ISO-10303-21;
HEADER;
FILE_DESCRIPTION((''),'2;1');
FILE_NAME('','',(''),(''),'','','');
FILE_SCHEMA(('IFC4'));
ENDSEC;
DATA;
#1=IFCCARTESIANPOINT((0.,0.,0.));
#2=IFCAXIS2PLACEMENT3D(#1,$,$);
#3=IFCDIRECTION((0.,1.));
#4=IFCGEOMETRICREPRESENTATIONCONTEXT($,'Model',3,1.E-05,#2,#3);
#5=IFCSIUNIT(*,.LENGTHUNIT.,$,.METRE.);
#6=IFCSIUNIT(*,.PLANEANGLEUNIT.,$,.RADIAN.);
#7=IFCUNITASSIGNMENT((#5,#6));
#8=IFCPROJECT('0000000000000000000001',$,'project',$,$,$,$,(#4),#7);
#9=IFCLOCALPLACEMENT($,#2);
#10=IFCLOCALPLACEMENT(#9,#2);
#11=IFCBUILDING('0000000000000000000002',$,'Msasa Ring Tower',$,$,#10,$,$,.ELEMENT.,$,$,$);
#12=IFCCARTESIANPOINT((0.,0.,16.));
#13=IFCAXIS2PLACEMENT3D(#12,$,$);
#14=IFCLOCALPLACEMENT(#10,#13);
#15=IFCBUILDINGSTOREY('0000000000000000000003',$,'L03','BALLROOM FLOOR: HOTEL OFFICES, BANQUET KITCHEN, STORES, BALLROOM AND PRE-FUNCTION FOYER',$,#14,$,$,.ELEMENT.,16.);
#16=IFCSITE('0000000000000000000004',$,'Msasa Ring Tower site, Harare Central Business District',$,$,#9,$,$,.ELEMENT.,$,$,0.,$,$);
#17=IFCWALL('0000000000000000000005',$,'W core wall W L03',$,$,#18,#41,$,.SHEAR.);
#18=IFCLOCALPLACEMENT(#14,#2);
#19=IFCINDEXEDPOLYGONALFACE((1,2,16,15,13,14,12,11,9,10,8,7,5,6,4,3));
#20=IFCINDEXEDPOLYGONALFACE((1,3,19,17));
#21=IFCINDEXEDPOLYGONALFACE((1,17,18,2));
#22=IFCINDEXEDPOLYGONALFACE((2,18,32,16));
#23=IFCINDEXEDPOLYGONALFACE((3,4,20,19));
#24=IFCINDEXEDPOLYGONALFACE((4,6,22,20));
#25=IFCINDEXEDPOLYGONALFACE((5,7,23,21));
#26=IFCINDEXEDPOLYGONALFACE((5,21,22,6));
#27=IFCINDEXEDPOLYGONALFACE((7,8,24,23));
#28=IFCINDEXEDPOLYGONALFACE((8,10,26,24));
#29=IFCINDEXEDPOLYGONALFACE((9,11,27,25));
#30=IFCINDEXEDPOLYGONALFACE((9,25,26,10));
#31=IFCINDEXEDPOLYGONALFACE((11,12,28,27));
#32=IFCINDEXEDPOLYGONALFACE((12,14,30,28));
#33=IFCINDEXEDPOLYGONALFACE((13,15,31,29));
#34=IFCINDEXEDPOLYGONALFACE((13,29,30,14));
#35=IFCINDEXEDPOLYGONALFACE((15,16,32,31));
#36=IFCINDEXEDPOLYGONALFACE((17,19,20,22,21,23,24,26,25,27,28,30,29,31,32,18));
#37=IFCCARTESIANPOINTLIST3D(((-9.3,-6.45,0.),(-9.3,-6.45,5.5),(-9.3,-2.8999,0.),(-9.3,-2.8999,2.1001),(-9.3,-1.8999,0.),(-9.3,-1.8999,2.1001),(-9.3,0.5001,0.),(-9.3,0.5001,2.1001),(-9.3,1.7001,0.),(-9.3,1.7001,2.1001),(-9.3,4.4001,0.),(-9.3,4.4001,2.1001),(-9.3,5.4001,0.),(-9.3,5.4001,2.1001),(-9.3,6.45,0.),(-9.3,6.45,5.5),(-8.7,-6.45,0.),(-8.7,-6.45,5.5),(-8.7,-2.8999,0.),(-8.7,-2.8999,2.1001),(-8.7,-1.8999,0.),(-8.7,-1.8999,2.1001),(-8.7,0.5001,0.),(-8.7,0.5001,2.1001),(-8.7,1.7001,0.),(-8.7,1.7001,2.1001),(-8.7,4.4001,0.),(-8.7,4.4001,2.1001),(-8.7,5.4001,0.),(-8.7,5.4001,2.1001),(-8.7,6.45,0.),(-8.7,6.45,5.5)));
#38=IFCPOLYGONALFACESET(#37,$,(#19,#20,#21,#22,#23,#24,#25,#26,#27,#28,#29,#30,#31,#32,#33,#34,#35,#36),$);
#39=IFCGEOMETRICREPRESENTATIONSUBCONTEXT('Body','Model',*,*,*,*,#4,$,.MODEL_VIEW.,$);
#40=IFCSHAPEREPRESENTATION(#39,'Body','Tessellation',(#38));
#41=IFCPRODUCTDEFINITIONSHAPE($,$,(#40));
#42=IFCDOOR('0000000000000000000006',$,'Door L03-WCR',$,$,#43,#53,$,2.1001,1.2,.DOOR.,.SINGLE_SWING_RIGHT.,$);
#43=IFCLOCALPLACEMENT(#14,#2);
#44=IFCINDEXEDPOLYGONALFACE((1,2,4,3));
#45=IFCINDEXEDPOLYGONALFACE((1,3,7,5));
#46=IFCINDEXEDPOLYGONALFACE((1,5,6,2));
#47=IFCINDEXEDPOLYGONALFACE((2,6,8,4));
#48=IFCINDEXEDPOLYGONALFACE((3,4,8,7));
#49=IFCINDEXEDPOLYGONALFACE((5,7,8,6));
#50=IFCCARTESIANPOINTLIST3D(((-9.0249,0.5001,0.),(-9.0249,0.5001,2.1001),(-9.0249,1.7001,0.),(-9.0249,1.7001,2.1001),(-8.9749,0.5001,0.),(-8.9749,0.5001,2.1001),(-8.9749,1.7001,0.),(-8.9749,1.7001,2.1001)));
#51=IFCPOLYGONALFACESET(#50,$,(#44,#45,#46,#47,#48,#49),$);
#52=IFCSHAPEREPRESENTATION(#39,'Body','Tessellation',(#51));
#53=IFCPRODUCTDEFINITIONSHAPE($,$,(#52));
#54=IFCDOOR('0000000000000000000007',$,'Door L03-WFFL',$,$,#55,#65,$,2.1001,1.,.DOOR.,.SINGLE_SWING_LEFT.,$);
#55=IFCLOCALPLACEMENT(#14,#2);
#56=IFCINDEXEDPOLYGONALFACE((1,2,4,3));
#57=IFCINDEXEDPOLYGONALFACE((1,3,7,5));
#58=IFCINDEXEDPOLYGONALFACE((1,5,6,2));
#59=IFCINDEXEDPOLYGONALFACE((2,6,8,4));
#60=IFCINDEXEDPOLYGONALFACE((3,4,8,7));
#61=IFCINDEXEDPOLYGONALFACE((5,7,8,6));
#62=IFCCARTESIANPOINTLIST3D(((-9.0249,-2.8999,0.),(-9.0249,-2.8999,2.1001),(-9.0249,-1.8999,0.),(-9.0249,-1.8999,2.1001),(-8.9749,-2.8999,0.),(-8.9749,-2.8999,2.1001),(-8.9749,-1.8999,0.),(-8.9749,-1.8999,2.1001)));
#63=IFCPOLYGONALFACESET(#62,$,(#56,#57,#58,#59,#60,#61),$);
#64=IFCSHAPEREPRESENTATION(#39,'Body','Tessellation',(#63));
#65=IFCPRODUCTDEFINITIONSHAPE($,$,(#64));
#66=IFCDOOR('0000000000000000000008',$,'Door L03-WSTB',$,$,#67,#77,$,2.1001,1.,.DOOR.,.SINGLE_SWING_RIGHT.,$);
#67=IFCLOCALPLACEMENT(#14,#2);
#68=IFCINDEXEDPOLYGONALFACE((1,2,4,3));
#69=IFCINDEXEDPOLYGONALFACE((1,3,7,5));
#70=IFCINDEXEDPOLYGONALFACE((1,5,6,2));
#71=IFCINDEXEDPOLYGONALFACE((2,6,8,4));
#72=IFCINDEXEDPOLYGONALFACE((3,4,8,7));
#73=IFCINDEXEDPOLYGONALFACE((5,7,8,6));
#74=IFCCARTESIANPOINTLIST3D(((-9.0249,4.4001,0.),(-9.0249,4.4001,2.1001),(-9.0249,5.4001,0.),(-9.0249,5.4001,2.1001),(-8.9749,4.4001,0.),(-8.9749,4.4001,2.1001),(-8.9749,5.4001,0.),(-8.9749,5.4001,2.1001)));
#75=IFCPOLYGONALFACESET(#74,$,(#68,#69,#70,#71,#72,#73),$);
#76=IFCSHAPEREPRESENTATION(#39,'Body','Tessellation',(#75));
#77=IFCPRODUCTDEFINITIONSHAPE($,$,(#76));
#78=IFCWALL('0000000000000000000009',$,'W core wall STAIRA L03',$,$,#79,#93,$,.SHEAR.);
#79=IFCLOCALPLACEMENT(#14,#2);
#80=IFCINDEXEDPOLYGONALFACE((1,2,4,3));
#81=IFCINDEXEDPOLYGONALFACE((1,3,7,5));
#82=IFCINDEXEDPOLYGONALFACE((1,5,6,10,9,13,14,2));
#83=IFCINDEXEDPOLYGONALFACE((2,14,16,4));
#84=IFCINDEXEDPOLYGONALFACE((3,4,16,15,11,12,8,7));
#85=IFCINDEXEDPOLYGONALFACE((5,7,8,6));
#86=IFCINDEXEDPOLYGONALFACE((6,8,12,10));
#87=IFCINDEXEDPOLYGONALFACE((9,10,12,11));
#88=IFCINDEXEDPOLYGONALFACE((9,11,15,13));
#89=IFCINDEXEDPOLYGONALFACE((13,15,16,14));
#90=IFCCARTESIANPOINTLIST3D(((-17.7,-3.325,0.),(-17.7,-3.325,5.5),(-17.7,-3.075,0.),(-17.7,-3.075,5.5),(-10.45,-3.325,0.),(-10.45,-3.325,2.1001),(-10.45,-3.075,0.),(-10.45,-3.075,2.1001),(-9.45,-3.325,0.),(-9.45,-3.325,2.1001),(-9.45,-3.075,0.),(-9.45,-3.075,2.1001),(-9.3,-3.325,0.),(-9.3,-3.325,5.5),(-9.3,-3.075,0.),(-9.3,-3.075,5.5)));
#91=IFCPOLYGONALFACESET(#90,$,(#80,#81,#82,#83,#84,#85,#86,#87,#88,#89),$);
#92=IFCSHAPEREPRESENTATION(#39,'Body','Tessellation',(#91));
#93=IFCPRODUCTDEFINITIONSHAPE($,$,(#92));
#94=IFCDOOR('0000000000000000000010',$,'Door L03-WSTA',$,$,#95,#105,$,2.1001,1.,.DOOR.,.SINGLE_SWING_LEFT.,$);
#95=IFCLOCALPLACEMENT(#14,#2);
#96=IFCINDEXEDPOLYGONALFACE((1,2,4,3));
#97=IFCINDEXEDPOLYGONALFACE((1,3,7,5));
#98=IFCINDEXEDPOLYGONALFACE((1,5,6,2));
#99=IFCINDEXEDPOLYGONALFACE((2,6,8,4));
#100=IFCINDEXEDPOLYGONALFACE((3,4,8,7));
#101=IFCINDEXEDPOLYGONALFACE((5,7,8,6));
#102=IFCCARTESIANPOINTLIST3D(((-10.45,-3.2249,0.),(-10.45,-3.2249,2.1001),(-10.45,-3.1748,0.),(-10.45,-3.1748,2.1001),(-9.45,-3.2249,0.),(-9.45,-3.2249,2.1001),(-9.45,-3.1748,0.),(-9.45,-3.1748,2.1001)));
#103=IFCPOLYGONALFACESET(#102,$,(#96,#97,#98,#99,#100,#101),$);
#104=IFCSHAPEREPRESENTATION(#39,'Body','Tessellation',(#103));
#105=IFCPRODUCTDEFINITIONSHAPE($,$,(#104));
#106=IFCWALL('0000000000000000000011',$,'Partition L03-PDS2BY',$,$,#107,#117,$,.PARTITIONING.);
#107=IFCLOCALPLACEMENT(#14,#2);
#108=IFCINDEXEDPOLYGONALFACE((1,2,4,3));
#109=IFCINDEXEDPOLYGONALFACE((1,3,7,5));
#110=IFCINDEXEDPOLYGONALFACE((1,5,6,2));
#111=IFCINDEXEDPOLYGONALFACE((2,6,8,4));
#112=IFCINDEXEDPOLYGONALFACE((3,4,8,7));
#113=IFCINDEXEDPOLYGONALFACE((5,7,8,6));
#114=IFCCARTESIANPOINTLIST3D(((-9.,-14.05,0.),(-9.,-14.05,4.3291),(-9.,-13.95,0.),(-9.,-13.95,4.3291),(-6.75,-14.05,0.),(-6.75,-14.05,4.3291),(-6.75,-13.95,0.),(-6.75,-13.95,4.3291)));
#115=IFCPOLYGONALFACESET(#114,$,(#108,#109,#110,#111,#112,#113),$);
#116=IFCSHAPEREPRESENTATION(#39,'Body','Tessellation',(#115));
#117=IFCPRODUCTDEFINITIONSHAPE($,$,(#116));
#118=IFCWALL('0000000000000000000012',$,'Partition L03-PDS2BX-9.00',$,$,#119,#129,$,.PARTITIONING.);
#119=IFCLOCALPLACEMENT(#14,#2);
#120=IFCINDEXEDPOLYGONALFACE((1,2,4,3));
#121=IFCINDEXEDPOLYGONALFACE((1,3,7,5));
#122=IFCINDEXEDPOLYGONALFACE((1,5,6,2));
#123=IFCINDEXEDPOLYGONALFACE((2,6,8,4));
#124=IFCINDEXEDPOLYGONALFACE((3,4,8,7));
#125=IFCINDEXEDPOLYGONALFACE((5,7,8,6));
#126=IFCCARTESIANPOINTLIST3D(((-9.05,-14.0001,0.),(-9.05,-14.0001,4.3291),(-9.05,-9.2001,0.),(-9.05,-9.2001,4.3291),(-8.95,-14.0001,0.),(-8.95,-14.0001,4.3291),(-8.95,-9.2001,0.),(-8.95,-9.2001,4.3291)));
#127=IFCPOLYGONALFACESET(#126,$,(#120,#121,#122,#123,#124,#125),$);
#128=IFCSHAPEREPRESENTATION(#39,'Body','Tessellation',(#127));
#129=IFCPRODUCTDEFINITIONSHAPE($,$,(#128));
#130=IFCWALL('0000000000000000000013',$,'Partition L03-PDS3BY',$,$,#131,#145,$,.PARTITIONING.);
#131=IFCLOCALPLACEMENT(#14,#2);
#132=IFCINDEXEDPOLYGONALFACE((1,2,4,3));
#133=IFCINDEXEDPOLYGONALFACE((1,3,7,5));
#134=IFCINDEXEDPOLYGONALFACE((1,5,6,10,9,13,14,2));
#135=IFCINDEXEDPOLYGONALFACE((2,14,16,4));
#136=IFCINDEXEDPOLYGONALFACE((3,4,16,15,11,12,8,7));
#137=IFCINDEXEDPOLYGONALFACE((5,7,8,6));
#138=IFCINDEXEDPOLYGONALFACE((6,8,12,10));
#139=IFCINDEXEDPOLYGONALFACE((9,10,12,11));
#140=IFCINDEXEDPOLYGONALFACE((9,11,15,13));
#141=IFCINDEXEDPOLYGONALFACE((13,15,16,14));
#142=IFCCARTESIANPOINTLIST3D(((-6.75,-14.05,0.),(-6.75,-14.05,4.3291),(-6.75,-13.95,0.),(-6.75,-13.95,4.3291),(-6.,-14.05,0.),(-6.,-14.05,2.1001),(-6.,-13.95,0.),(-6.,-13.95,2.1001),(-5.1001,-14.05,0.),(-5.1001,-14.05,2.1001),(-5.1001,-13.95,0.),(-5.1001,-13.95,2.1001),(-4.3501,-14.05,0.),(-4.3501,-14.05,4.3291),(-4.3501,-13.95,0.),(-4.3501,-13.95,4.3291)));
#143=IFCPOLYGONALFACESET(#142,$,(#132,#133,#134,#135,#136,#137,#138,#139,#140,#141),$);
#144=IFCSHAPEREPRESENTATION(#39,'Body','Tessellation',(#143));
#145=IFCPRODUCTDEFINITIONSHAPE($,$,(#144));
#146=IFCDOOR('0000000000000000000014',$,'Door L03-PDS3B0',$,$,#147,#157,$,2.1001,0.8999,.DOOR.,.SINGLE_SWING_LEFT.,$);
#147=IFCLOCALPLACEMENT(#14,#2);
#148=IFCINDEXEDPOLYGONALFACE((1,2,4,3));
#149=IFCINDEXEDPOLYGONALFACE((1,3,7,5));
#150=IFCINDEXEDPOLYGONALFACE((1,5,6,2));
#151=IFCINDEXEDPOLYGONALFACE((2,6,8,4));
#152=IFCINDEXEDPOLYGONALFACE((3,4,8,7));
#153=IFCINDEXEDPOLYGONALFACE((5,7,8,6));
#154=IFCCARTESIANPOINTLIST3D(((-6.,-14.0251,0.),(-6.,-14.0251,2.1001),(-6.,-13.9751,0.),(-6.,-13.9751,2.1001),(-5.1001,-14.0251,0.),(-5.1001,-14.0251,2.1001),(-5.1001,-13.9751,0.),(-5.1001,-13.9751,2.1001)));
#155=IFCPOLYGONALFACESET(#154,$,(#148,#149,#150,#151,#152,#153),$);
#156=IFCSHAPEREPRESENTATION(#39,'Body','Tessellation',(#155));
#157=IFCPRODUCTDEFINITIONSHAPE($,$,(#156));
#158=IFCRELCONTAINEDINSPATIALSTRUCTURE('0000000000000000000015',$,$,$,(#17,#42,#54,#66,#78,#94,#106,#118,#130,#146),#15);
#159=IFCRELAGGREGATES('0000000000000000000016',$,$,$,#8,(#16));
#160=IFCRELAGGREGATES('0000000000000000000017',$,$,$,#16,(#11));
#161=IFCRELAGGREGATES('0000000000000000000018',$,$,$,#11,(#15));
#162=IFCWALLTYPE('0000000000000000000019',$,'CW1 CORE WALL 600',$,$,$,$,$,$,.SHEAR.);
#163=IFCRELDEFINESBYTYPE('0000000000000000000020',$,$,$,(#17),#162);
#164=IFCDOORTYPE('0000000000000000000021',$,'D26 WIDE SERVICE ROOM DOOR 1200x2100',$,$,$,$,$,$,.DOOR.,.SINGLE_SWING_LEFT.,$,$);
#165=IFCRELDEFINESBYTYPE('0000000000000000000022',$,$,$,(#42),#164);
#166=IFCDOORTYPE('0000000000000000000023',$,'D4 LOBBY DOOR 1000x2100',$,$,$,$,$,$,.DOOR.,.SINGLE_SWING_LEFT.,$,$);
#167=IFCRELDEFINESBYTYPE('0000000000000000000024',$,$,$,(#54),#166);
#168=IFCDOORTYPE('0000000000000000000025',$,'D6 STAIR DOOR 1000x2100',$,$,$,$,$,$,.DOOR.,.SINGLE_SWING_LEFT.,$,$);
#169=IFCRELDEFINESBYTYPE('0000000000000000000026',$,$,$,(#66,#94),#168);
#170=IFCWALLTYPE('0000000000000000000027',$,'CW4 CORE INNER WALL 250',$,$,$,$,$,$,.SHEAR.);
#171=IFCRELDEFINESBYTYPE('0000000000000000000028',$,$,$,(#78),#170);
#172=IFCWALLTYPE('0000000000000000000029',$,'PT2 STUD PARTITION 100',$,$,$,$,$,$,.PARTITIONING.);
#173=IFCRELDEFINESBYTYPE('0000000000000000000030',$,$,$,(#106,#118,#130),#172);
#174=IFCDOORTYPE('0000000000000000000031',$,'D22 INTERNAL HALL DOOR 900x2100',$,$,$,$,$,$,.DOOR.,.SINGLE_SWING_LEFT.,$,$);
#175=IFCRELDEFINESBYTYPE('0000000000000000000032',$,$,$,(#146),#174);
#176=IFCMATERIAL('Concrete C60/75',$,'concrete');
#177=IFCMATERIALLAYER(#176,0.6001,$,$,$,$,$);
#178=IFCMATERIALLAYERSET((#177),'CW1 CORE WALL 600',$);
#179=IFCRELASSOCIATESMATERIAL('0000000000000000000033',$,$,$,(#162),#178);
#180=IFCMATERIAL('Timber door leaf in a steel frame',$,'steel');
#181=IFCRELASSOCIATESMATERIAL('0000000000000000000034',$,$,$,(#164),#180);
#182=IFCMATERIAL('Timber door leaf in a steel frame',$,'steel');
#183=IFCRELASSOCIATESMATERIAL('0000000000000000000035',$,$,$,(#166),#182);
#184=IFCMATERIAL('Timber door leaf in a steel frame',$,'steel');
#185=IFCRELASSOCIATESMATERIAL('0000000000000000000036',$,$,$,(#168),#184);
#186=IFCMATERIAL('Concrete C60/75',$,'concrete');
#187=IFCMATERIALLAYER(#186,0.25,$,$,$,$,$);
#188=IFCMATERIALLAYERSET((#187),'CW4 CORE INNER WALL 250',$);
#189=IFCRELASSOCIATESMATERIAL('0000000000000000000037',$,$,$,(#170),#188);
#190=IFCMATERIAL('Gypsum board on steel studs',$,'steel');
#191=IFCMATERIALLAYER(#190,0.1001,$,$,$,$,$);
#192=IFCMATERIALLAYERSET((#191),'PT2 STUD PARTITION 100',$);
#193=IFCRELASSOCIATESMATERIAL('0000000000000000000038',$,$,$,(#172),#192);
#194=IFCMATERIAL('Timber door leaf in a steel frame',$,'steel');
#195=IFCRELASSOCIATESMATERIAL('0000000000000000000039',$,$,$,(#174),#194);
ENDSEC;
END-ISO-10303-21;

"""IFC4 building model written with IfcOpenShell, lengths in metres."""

from ifc_helpers import new_model, si_unit, direction, frame, frame_2d, origin, place, context, subcontext, project, spatial, rectangle, extrude, material, layer, layer_set, type_object, element, fill, save


model = new_model("IFC4")

# Units and contexts
model_context = context("Model", 3, precision=1e-05, world=origin(), true_north=direction((0.0, 1.0)))
body_context = subcontext(model_context, "Body", "Model", "MODEL_VIEW")
ifc_project = project(units=[si_unit("LENGTHUNIT", "METRE"), si_unit("PLANEANGLEUNIT", "RADIAN")], contexts=[model_context])

# Site, building, storey
site_placement = place(None, origin())
site = spatial("IfcSite", under=ifc_project, at=site_placement, Name="Msasa Ring Tower site, Harare Central Business District", CompositionType="ELEMENT", RefElevation=0.0)
building_placement = place(site_placement, origin())
building = spatial("IfcBuilding", under=site, at=building_placement, Name="Msasa Ring Tower", CompositionType="ELEMENT")
storey_placement = place(building_placement, frame((0.0, 0.0, 16.0)))
storey = spatial("IfcBuildingStorey", under=building, at=storey_placement, Name="L03", Description="BALLROOM FLOOR: HOTEL OFFICES, BANQUET KITCHEN, STORES, BALLROOM AND PRE-FUNCTION FOYER", CompositionType="ELEMENT", Elevation=16.0)

# Shared definitions
ifc_material_1 = material(Name="Concrete C60/75", Category="concrete")
ifc_layer_1 = layer(ifc_material_1, 0.6001)
ifc_layer_set_1 = layer_set([ifc_layer_1], Name="CW1 CORE WALL 600")
wall_type_1 = type_object("IfcWallType", Name="CW1 CORE WALL 600", PredefinedType="SHEAR", material=ifc_layer_set_1)

# Wall, openings, doors
wall_1_placement = place(storey_placement, frame((-9.0, -6.45, 0.0), z_axis=(0.0, 0.0, 1.0), x_axis=(0.0, 1.0, 0.0)))
wall_1 = element("IfcWall", 1, at=wall_1_placement, inside=storey, type_object=wall_type_1, Name="W core wall W L03", PredefinedType="SHEAR", context=body_context, shape_type="SweptSolid", body=[
    extrude(rectangle(XDim=12.8999, YDim=0.6001, at=frame_2d((6.45, 0.0))), origin(), (0.0, 0.0, 1.0), 5.5),
])
opening_1_placement = place(wall_1_placement, frame((3.55, 0.0, 0.0)))
opening_1 = element("IfcOpeningElement", 2, at=opening_1_placement, cuts=wall_1, PredefinedType="OPENING", context=body_context, shape_type="SweptSolid", body=[
    extrude(rectangle(XDim=1.0, YDim=2.1001, at=frame_2d((0.5, 1.05))), frame((0.0, 0.3101, 0.0), z_axis=(0.0, -1.0, 0.0), x_axis=(1.0, 0.0, 0.0)), (0.0, 0.0, 1.0), 0.6201),
])
opening_2_placement = place(wall_1_placement, frame((6.95, 0.0, 0.0)))
opening_2 = element("IfcOpeningElement", 3, at=opening_2_placement, cuts=wall_1, PredefinedType="OPENING", context=body_context, shape_type="SweptSolid", body=[
    extrude(rectangle(XDim=1.2, YDim=2.1001, at=frame_2d((0.6001, 1.05))), frame((0.0, 0.3101, 0.0), z_axis=(0.0, -1.0, 0.0), x_axis=(1.0, 0.0, 0.0)), (0.0, 0.0, 1.0), 0.6201),
])
opening_3_placement = place(wall_1_placement, frame((10.8501, 0.0, 0.0)))
opening_3 = element("IfcOpeningElement", 4, at=opening_3_placement, cuts=wall_1, PredefinedType="OPENING", context=body_context, shape_type="SweptSolid", body=[
    extrude(rectangle(XDim=1.0, YDim=2.1001, at=frame_2d((0.5, 1.05))), frame((0.0, 0.3101, 0.0), z_axis=(0.0, -1.0, 0.0), x_axis=(1.0, 0.0, 0.0)), (0.0, 0.0, 1.0), 0.6201),
])
ifc_material_2 = material(Name="Timber door leaf in a steel frame", Category="steel")
door_type_1 = type_object("IfcDoorType", Name="D26 WIDE SERVICE ROOM DOOR 1200x2100", OperationType="SINGLE_SWING_LEFT", PredefinedType="DOOR", material=ifc_material_2)
door_1_placement = place(opening_2_placement, origin())
door_1 = element("IfcDoor", 5, at=door_1_placement, inside=storey, type_object=door_type_1, Name="Door L03-WCR", OperationType="SINGLE_SWING_RIGHT", OverallHeight=2.1001, OverallWidth=1.2, PredefinedType="DOOR", context=body_context, shape_type="SweptSolid", body=[
    extrude(rectangle(XDim=1.2, YDim=2.1001, at=frame_2d((0.6001, 1.05))), frame((0.0, 0.0249, 0.0), z_axis=(0.0, -1.0, 0.0), x_axis=(1.0, 0.0, 0.0)), (0.0, 0.0, 1.0), 0.05),
])
fill(opening_2, door_1)
ifc_material_3 = material(Name="Timber door leaf in a steel frame", Category="steel")
door_type_2 = type_object("IfcDoorType", Name="D4 LOBBY DOOR 1000x2100", OperationType="SINGLE_SWING_LEFT", PredefinedType="DOOR", material=ifc_material_3)
door_2_placement = place(opening_1_placement, origin())
door_2 = element("IfcDoor", 6, at=door_2_placement, inside=storey, type_object=door_type_2, Name="Door L03-WFFL", OperationType="SINGLE_SWING_LEFT", OverallHeight=2.1001, OverallWidth=1.0, PredefinedType="DOOR", context=body_context, shape_type="SweptSolid", body=[
    extrude(rectangle(XDim=1.0, YDim=2.1001, at=frame_2d((0.5, 1.05))), frame((0.0, 0.0249, 0.0), z_axis=(0.0, -1.0, 0.0), x_axis=(1.0, 0.0, 0.0)), (0.0, 0.0, 1.0), 0.05),
])
fill(opening_1, door_2)
ifc_material_4 = material(Name="Timber door leaf in a steel frame", Category="steel")
door_type_3 = type_object("IfcDoorType", Name="D6 STAIR DOOR 1000x2100", OperationType="SINGLE_SWING_LEFT", PredefinedType="DOOR", material=ifc_material_4)
door_3_placement = place(opening_3_placement, origin())
door_3 = element("IfcDoor", 7, at=door_3_placement, inside=storey, type_object=door_type_3, Name="Door L03-WSTB", OperationType="SINGLE_SWING_RIGHT", OverallHeight=2.1001, OverallWidth=1.0, PredefinedType="DOOR", context=body_context, shape_type="SweptSolid", body=[
    extrude(rectangle(XDim=1.0, YDim=2.1001, at=frame_2d((0.5, 1.05))), frame((0.0, 0.0249, 0.0), z_axis=(0.0, -1.0, 0.0), x_axis=(1.0, 0.0, 0.0)), (0.0, 0.0, 1.0), 0.05),
])
fill(opening_3, door_3)

# Wall, opening, door
ifc_material_5 = material(Name="Concrete C60/75", Category="concrete")
ifc_layer_2 = layer(ifc_material_5, 0.25)
ifc_layer_set_2 = layer_set([ifc_layer_2], Name="CW4 CORE INNER WALL 250")
wall_type_2 = type_object("IfcWallType", Name="CW4 CORE INNER WALL 250", PredefinedType="SHEAR", material=ifc_layer_set_2)
wall_2_placement = place(storey_placement, frame((-9.3, -3.2, 0.0), z_axis=(0.0, 0.0, 1.0), x_axis=(-1.0, 0.0, 0.0)))
wall_2 = element("IfcWall", 8, at=wall_2_placement, inside=storey, type_object=wall_type_2, Name="W core wall STAIRA L03", PredefinedType="SHEAR", context=body_context, shape_type="SweptSolid", body=[
    extrude(rectangle(XDim=8.3999, YDim=0.25, at=frame_2d((4.2, 0.0))), origin(), (0.0, 0.0, 1.0), 5.5),
])
opening_4_placement = place(wall_2_placement, frame((0.1499, 0.0, 0.0)))
opening_4 = element("IfcOpeningElement", 9, at=opening_4_placement, cuts=wall_2, PredefinedType="OPENING", context=body_context, shape_type="SweptSolid", body=[
    extrude(rectangle(XDim=1.0, YDim=2.1001, at=frame_2d((0.5, 1.05))), frame((0.0, 0.135, 0.0), z_axis=(0.0, -1.0, 0.0), x_axis=(1.0, 0.0, 0.0)), (0.0, 0.0, 1.0), 0.27),
])
door_4_placement = place(opening_4_placement, origin())
door_4 = element("IfcDoor", 10, at=door_4_placement, inside=storey, type_object=door_type_3, Name="Door L03-WSTA", OperationType="SINGLE_SWING_LEFT", OverallHeight=2.1001, OverallWidth=1.0, PredefinedType="DOOR", context=body_context, shape_type="SweptSolid", body=[
    extrude(rectangle(XDim=1.0, YDim=2.1001, at=frame_2d((0.5, 1.05))), frame((0.0, 0.0249, 0.0), z_axis=(0.0, -1.0, 0.0), x_axis=(1.0, 0.0, 0.0)), (0.0, 0.0, 1.0), 0.05),
])
fill(opening_4, door_4)

# Walls
ifc_material_6 = material(Name="Gypsum board on steel studs", Category="steel")
ifc_layer_3 = layer(ifc_material_6, 0.1001)
ifc_layer_set_3 = layer_set([ifc_layer_3], Name="PT2 STUD PARTITION 100")
wall_type_3 = type_object("IfcWallType", Name="PT2 STUD PARTITION 100", PredefinedType="PARTITIONING", material=ifc_layer_set_3)
wall_3_placement = place(storey_placement, frame((-9.0, -14.0, 0.0), z_axis=(0.0, 0.0, 1.0), x_axis=(1.0, 0.0, 0.0)))
element("IfcWall", 11, at=wall_3_placement, inside=storey, type_object=wall_type_3, Name="Partition L03-PDS2BY", PredefinedType="PARTITIONING", context=body_context, shape_type="SweptSolid", body=[
    extrude(rectangle(XDim=2.25, YDim=0.1001, at=frame_2d((1.125, 0.0))), origin(), (0.0, 0.0, 1.0), 4.3291),
])
wall_4_placement = place(storey_placement, frame((-9.0, -14.0, 0.0), z_axis=(0.0, 0.0, 1.0), x_axis=(0.0, 1.0, 0.0)))
element("IfcWall", 12, at=wall_4_placement, inside=storey, type_object=wall_type_3, Name="Partition L03-PDS2BX-9.00", PredefinedType="PARTITIONING", context=body_context, shape_type="SweptSolid", body=[
    extrude(rectangle(XDim=4.8, YDim=0.1001, at=frame_2d((2.3999, 0.0))), origin(), (0.0, 0.0, 1.0), 4.3291),
])

# Wall, opening, door
wall_5_placement = place(storey_placement, frame((-6.75, -14.0, 0.0), z_axis=(0.0, 0.0, 1.0), x_axis=(1.0, 0.0, 0.0)))
wall_5 = element("IfcWall", 13, at=wall_5_placement, inside=storey, type_object=wall_type_3, Name="Partition L03-PDS3BY", PredefinedType="PARTITIONING", context=body_context, shape_type="SweptSolid", body=[
    extrude(rectangle(XDim=2.3999, YDim=0.1001, at=frame_2d((1.2, 0.0))), origin(), (0.0, 0.0, 1.0), 4.3291),
])
opening_5_placement = place(wall_5_placement, frame((0.75, 0.0, 0.0)))
opening_5 = element("IfcOpeningElement", 14, at=opening_5_placement, cuts=wall_5, PredefinedType="OPENING", context=body_context, shape_type="SweptSolid", body=[
    extrude(rectangle(XDim=0.8999, YDim=2.1001, at=frame_2d((0.45, 1.05))), frame((0.0, 0.0601, 0.0), z_axis=(0.0, -1.0, 0.0), x_axis=(1.0, 0.0, 0.0)), (0.0, 0.0, 1.0), 0.1201),
])
ifc_material_7 = material(Name="Timber door leaf in a steel frame", Category="steel")
door_type_4 = type_object("IfcDoorType", Name="D22 INTERNAL HALL DOOR 900x2100", OperationType="SINGLE_SWING_LEFT", PredefinedType="DOOR", material=ifc_material_7)
door_5_placement = place(opening_5_placement, origin())
door_5 = element("IfcDoor", 15, at=door_5_placement, inside=storey, type_object=door_type_4, Name="Door L03-PDS3B0", OperationType="SINGLE_SWING_LEFT", OverallHeight=2.1001, OverallWidth=0.8999, PredefinedType="DOOR", context=body_context, shape_type="SweptSolid", body=[
    extrude(rectangle(XDim=0.8999, YDim=2.1001, at=frame_2d((0.45, 1.05))), frame((0.0, 0.0249, 0.0), z_axis=(0.0, -1.0, 0.0), x_axis=(1.0, 0.0, 0.0)), (0.0, 0.0, 1.0), 0.05),
])
fill(opening_5, door_5)

save(model, "model.ifc")
